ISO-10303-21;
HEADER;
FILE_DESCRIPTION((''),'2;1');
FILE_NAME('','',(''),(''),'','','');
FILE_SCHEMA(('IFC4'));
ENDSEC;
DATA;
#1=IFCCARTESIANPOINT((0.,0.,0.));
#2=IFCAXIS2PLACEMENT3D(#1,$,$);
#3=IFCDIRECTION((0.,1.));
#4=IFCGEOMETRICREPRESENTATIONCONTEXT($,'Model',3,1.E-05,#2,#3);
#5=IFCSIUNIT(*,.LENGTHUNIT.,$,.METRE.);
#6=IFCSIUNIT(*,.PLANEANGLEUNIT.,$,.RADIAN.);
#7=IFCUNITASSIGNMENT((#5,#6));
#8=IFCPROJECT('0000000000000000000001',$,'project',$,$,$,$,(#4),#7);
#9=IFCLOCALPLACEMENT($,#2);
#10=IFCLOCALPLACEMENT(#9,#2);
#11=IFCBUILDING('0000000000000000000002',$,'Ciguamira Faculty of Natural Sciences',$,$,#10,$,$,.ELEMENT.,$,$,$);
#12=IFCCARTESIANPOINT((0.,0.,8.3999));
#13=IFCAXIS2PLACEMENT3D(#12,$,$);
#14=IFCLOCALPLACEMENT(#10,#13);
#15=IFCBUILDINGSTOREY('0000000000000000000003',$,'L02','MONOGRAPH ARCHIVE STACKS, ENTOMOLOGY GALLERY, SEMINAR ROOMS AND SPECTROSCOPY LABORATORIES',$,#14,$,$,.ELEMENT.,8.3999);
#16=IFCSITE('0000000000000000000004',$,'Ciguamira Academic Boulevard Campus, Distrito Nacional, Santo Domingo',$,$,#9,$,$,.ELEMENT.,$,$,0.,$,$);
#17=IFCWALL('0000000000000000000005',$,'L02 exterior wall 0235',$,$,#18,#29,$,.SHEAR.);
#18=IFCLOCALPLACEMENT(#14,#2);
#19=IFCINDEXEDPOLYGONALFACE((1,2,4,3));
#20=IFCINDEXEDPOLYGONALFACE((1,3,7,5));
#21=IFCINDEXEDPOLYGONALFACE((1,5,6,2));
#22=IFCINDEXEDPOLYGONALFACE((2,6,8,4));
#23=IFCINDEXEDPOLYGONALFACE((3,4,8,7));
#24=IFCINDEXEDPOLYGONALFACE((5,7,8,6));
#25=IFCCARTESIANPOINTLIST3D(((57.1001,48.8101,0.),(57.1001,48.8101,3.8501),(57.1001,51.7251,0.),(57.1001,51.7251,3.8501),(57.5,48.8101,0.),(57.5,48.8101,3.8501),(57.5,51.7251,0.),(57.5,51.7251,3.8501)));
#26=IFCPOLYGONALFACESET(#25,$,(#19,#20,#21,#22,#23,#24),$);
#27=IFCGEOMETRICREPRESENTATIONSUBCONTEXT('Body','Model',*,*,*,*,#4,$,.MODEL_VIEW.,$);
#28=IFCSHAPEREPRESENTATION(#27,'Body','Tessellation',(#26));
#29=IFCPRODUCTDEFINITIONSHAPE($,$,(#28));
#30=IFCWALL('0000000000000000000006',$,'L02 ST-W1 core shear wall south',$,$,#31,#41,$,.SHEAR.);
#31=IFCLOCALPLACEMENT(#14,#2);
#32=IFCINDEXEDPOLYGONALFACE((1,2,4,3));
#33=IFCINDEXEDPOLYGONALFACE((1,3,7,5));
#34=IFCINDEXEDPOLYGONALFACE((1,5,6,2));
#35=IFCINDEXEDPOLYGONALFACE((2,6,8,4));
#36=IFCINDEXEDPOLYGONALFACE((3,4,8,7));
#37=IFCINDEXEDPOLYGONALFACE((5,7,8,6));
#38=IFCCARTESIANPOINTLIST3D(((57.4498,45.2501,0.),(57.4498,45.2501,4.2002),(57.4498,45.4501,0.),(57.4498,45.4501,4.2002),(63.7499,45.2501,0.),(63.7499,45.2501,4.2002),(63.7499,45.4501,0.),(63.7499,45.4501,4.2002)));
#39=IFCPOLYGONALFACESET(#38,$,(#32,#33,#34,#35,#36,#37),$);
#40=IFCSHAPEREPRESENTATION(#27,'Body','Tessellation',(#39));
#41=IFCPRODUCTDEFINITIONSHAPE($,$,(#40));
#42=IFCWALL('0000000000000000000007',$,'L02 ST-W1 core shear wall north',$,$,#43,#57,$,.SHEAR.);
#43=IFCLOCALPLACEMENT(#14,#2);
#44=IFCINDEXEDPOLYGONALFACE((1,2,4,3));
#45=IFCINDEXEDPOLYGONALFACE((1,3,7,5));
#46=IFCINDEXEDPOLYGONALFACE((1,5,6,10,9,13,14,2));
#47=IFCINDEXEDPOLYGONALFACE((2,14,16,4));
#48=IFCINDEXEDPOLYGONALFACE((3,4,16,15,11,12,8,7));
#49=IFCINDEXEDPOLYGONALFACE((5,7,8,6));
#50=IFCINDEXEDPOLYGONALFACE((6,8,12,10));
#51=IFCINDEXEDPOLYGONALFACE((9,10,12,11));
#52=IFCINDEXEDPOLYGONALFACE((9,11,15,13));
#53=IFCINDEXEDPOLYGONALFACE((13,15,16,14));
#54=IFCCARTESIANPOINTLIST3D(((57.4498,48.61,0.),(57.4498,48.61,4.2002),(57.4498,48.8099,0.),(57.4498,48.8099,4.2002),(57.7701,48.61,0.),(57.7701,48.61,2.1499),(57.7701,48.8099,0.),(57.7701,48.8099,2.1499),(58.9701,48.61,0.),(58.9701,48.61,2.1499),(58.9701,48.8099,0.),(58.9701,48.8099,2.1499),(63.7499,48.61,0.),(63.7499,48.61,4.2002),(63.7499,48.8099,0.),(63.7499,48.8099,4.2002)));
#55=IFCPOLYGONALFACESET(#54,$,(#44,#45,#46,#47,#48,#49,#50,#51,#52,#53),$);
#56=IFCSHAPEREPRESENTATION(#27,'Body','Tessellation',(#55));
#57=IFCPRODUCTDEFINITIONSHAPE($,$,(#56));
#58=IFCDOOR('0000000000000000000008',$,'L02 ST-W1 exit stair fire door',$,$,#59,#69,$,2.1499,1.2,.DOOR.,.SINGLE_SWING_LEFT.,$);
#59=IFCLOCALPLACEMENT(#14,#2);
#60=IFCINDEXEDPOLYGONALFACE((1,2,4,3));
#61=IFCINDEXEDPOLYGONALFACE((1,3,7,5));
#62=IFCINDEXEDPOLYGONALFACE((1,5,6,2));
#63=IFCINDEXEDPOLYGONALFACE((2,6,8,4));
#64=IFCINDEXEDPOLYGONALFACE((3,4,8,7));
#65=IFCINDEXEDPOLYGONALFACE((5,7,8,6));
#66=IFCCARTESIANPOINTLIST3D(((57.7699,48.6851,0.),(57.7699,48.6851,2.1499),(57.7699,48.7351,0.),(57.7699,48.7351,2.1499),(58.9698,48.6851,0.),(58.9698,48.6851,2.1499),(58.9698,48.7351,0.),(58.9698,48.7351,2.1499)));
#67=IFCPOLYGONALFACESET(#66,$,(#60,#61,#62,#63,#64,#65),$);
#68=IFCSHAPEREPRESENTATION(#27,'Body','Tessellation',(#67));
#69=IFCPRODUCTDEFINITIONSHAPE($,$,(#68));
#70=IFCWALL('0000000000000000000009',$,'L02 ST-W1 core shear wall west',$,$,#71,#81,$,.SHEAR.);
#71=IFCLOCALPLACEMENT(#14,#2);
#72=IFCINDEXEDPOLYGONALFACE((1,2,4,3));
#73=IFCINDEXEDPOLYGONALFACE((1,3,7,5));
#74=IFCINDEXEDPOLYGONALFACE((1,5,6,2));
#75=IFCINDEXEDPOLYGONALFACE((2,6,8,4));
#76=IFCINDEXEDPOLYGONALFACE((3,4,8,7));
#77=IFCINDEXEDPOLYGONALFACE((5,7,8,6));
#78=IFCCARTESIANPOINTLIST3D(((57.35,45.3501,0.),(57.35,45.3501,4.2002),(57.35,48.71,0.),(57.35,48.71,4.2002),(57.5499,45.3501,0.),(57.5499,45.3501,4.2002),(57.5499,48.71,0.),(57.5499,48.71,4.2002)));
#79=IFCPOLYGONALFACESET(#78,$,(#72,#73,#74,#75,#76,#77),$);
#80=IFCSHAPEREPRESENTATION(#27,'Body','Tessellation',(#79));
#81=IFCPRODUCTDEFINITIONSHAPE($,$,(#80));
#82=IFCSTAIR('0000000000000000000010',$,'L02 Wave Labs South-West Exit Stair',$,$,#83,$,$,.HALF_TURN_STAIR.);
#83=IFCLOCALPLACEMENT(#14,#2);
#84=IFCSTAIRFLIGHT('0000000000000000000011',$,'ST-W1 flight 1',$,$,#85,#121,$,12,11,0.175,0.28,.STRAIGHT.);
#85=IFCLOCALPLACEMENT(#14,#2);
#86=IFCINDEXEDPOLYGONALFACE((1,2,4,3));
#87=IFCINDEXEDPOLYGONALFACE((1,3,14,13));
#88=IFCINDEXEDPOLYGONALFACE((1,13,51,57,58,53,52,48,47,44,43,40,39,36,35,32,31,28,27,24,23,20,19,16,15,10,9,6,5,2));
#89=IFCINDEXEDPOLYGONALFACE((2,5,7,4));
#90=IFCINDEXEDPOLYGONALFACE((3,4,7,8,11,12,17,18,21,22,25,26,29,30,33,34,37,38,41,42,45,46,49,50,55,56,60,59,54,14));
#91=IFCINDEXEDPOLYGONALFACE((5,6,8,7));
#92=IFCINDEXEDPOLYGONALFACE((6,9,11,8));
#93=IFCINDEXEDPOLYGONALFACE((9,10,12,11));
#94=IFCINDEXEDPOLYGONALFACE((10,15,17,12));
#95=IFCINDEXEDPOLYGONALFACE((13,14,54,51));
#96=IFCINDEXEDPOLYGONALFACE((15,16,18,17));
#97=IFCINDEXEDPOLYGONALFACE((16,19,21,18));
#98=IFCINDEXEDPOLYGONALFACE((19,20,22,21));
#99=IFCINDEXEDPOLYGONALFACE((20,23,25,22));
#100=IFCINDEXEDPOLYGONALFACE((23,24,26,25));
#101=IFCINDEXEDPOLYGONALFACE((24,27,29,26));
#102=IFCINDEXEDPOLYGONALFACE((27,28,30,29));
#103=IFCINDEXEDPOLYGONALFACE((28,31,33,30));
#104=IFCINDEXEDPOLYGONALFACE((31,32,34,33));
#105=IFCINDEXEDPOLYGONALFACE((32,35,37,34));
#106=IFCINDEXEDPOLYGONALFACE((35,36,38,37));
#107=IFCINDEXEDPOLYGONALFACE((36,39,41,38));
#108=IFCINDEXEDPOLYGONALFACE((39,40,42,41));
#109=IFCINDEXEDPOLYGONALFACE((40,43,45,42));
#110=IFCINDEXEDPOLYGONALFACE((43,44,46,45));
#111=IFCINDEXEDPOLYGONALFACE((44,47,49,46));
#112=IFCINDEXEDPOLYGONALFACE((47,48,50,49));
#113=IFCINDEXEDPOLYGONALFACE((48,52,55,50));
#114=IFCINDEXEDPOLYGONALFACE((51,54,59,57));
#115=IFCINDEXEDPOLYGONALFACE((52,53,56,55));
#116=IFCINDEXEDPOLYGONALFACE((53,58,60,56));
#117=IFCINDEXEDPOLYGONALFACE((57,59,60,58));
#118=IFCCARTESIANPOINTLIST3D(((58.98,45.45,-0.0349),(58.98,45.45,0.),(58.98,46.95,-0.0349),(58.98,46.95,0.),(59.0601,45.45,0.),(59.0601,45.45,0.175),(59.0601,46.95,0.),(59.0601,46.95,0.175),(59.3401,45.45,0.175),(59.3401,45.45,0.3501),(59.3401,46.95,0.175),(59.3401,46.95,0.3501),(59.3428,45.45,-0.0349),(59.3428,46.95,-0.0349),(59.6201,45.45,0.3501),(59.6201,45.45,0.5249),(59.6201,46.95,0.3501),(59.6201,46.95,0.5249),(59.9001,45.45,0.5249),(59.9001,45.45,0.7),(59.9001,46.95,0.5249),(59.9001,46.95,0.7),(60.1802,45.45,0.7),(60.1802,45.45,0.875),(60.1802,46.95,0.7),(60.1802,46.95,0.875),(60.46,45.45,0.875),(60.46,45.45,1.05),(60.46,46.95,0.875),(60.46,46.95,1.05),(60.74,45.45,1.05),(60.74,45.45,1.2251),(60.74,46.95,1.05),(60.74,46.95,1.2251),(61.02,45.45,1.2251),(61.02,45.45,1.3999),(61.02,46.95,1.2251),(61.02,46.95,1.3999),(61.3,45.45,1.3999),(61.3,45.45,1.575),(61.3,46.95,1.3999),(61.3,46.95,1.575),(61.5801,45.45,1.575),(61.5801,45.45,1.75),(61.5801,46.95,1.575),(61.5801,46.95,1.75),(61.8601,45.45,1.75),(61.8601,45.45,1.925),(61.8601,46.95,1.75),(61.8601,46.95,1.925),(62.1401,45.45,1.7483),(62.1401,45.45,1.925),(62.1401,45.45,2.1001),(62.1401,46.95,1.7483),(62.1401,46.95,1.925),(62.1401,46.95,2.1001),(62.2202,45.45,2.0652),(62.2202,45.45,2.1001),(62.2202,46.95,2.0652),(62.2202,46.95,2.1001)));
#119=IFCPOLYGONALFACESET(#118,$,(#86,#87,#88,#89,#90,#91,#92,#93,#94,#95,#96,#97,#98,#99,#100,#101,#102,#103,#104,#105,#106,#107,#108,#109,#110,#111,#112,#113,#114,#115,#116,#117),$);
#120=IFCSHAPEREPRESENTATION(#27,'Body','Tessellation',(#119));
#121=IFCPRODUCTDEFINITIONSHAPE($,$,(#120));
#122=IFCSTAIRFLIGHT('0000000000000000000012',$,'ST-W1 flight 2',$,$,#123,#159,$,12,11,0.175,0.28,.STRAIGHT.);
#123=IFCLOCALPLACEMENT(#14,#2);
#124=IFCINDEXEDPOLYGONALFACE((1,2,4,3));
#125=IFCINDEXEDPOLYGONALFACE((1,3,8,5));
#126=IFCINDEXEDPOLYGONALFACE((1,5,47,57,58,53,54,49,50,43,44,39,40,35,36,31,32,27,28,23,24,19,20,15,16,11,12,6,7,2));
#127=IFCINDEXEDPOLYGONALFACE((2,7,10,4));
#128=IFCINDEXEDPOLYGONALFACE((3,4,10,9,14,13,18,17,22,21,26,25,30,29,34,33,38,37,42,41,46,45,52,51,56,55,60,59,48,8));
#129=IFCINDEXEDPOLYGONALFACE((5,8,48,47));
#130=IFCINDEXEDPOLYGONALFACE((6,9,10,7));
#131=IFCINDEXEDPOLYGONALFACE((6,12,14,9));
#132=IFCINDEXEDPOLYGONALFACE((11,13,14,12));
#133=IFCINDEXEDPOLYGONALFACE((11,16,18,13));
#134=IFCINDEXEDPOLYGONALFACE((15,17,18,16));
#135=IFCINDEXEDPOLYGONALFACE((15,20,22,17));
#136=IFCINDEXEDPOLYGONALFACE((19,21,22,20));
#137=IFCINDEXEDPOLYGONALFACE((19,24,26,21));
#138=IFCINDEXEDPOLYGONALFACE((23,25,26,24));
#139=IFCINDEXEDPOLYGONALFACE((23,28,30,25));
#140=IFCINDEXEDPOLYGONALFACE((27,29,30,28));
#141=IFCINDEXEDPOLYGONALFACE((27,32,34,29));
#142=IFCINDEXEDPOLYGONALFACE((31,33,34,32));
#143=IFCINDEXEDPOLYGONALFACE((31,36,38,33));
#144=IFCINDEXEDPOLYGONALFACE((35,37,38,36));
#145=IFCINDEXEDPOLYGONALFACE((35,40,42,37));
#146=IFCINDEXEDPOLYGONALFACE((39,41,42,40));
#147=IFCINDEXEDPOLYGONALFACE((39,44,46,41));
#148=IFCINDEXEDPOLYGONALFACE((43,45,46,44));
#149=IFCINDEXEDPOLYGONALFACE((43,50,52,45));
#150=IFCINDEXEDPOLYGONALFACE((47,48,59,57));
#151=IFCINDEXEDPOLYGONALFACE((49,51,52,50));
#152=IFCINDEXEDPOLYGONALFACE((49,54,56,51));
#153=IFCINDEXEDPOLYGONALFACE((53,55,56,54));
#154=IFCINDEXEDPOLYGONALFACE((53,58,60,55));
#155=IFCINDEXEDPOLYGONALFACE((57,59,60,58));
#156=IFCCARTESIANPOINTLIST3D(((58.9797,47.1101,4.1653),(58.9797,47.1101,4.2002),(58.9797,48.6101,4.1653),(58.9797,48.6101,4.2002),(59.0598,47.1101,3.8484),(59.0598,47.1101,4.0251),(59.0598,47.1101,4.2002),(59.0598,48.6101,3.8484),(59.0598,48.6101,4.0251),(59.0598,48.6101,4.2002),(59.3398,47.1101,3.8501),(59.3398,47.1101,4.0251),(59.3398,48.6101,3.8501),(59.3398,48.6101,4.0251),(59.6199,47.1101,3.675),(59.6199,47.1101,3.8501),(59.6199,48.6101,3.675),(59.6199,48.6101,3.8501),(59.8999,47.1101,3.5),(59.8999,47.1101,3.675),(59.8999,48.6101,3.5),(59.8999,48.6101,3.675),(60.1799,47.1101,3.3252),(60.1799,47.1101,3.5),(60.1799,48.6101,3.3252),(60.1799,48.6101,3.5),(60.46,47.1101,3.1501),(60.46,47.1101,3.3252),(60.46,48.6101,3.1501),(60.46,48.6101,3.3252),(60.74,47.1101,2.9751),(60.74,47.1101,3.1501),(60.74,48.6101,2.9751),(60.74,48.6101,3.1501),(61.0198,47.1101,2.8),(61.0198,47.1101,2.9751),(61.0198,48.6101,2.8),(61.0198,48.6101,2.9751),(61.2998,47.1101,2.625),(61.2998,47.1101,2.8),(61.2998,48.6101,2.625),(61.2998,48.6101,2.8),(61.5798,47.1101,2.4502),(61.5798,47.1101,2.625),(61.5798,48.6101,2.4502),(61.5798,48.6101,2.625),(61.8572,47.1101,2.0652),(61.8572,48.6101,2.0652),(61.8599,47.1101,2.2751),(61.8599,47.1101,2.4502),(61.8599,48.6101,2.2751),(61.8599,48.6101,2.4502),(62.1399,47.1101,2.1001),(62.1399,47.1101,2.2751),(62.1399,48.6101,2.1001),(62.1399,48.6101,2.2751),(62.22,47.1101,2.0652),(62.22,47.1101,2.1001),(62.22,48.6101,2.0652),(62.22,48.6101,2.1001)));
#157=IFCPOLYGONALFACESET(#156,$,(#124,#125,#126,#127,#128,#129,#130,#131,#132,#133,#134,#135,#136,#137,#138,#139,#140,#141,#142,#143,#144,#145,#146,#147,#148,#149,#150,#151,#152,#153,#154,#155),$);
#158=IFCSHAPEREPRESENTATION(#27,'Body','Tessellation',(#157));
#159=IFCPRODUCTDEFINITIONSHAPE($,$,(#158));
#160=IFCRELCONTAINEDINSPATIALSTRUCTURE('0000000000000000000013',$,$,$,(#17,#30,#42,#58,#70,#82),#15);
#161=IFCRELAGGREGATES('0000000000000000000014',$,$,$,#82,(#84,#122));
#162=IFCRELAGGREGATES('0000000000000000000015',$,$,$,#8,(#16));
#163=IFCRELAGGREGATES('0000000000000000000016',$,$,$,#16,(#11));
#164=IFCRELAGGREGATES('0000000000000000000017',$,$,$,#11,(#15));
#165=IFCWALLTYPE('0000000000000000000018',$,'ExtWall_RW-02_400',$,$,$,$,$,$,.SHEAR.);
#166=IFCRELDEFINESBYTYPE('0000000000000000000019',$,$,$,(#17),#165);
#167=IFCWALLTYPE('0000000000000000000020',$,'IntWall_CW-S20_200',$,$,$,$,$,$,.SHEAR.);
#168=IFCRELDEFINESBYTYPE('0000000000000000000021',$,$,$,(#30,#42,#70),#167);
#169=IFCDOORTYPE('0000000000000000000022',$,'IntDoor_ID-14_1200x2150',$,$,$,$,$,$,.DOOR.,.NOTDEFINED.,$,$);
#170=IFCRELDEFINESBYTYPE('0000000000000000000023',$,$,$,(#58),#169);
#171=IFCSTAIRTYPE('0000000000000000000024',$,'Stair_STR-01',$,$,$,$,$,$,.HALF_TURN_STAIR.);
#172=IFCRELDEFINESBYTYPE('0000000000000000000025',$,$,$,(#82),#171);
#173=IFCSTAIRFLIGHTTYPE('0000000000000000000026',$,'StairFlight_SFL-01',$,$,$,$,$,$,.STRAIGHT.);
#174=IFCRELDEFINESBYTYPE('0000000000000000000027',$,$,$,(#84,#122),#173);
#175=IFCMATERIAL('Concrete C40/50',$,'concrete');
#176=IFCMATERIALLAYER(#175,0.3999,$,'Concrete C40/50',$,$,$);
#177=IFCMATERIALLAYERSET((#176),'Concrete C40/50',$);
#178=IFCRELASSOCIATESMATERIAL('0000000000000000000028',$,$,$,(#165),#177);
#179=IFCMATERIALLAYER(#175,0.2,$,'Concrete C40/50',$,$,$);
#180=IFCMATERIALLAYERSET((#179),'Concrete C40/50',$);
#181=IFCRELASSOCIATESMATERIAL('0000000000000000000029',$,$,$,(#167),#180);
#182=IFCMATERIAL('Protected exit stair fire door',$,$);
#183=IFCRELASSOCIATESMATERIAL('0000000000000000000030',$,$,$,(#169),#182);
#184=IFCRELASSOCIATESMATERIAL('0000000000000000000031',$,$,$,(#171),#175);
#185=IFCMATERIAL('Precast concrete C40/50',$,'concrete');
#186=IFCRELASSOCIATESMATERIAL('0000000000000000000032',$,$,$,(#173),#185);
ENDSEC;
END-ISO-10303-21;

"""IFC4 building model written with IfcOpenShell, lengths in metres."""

from ifc_helpers import new_model, si_unit, direction, frame, frame_2d, origin, place, context, subcontext, project, spatial, polyline, rectangle, outline, extrude, material, layer, layer_set, type_object, element, fill, aggregate, save


model = new_model("IFC4")

# Units and contexts
model_context = context("Model", 3, precision=1e-05, world=origin(), true_north=direction((0.0, 1.0)))
body_context = subcontext(model_context, "Body", "Model", "MODEL_VIEW")
ifc_project = project(units=[si_unit("LENGTHUNIT", "METRE"), si_unit("PLANEANGLEUNIT", "RADIAN")], contexts=[model_context])

# Site, building, storey
site_placement = place(None, origin())
site = spatial("IfcSite", under=ifc_project, at=site_placement, Name="Ciguamira Academic Boulevard Campus, Distrito Nacional, Santo Domingo", CompositionType="ELEMENT", RefElevation=0.0)
building_placement = place(site_placement, origin())
building = spatial("IfcBuilding", under=site, at=building_placement, Name="Ciguamira Faculty of Natural Sciences", CompositionType="ELEMENT")
storey_placement = place(building_placement, frame((0.0, 0.0, 8.3999)))
storey = spatial("IfcBuildingStorey", under=building, at=storey_placement, Name="L02", Description="MONOGRAPH ARCHIVE STACKS, ENTOMOLOGY GALLERY, SEMINAR ROOMS AND SPECTROSCOPY LABORATORIES", CompositionType="ELEMENT", Elevation=8.3999)

# Shared definitions
ifc_material_1 = material(Name="Concrete C40/50", Category="concrete")

# Shared definitions
ifc_material_2 = material(Name="Precast concrete C40/50", Category="concrete")

# Walls
ifc_layer_1 = layer(ifc_material_1, 0.3999, Name="Concrete C40/50")
ifc_layer_set_1 = layer_set([ifc_layer_1], Name="Concrete C40/50")
wall_type_1 = type_object("IfcWallType", Name="ExtWall_RW-02_400", PredefinedType="SHEAR", material=ifc_layer_set_1)
wall_1_placement = place(storey_placement, frame((57.3, 48.8101, 0.0), z_axis=(0.0, 0.0, 1.0), x_axis=(0.0, 1.0, 0.0)))
element("IfcWall", 1, at=wall_1_placement, inside=storey, type_object=wall_type_1, Name="L02 exterior wall 0235", PredefinedType="SHEAR", context=body_context, shape_type="SweptSolid", body=[
    extrude(rectangle(XDim=2.915, YDim=0.3999, at=frame_2d((1.4575, 0.0))), origin(), (0.0, 0.0, 1.0), 3.8501),
])
ifc_layer_2 = layer(ifc_material_1, 0.2, Name="Concrete C40/50")
ifc_layer_set_2 = layer_set([ifc_layer_2], Name="Concrete C40/50")
wall_type_2 = type_object("IfcWallType", Name="IntWall_CW-S20_200", PredefinedType="SHEAR", material=ifc_layer_set_2)
wall_2_placement = place(storey_placement, frame((57.45, 45.3501, 0.0), z_axis=(0.0, 0.0, 1.0), x_axis=(1.0, 0.0, 0.0)))
element("IfcWall", 2, at=wall_2_placement, inside=storey, type_object=wall_type_2, Name="L02 ST-W1 core shear wall south", PredefinedType="SHEAR", context=body_context, shape_type="SweptSolid", body=[
    extrude(rectangle(XDim=6.3, YDim=0.2, at=frame_2d((3.1499, 0.0))), origin(), (0.0, 0.0, 1.0), 4.2002),
])

# Wall, opening, door
wall_3_placement = place(storey_placement, frame((57.45, 48.71, 0.0), z_axis=(0.0, 0.0, 1.0), x_axis=(1.0, 0.0, 0.0)))
wall_3 = element("IfcWall", 3, at=wall_3_placement, inside=storey, type_object=wall_type_2, Name="L02 ST-W1 core shear wall north", PredefinedType="SHEAR", context=body_context, shape_type="SweptSolid", body=[
    extrude(rectangle(XDim=6.3, YDim=0.2, at=frame_2d((3.1499, 0.0))), origin(), (0.0, 0.0, 1.0), 4.2002),
])
opening_1_placement = place(wall_3_placement, frame((0.3201, 0.0, 0.0)))
opening_1 = element("IfcOpeningElement", 4, at=opening_1_placement, cuts=wall_3, PredefinedType="OPENING", context=body_context, shape_type="SweptSolid", body=[
    extrude(rectangle(XDim=1.2, YDim=2.1499, at=frame_2d((0.6001, 1.075))), frame((0.0, 0.1099, 0.0), z_axis=(0.0, -1.0, 0.0), x_axis=(1.0, 0.0, 0.0)), (0.0, 0.0, 1.0), 0.22),
])
ifc_material_3 = material(Name="Protected exit stair fire door")
door_type = type_object("IfcDoorType", Name="IntDoor_ID-14_1200x2150", OperationType="NOTDEFINED", PredefinedType="DOOR", material=ifc_material_3)
door_placement = place(opening_1_placement, frame((1.2, 0.0, 0.0), z_axis=(0.0, 0.0, 1.0), x_axis=(-1.0, 0.0, 0.0)))
door = element("IfcDoor", 5, at=door_placement, inside=storey, type_object=door_type, Name="L02 ST-W1 exit stair fire door", OperationType="SINGLE_SWING_LEFT", OverallHeight=2.1499, OverallWidth=1.2, PredefinedType="DOOR", context=body_context, shape_type="SweptSolid", body=[
    extrude(rectangle(XDim=1.2, YDim=2.1499, at=frame_2d((0.6001, 1.075))), frame((0.0, 0.0249, 0.0), z_axis=(0.0, -1.0, 0.0), x_axis=(1.0, 0.0, 0.0)), (0.0, 0.0, 1.0), 0.05),
])
fill(opening_1, door)

# Wall
wall_4_placement = place(storey_placement, frame((57.45, 45.3501, 0.0), z_axis=(0.0, 0.0, 1.0), x_axis=(0.0, 1.0, 0.0)))
element("IfcWall", 6, at=wall_4_placement, inside=storey, type_object=wall_type_2, Name="L02 ST-W1 core shear wall west", PredefinedType="SHEAR", context=body_context, shape_type="SweptSolid", body=[
    extrude(rectangle(XDim=3.3599, YDim=0.2, at=frame_2d((1.6799, 0.0))), origin(), (0.0, 0.0, 1.0), 4.2002),
])

# Stair, stair flights
stair_type = type_object("IfcStairType", Name="Stair_STR-01", PredefinedType="HALF_TURN_STAIR", material=ifc_material_1)
stair_placement = place(storey_placement, origin())
stair = element("IfcStair", 7, at=stair_placement, inside=storey, type_object=stair_type, Name="L02 Wave Labs South-West Exit Stair", PredefinedType="HALF_TURN_STAIR")
stair_flight_type = type_object("IfcStairFlightType", Name="StairFlight_SFL-01", PredefinedType="STRAIGHT", material=ifc_material_2)
stair_flight_1_placement = place(storey_placement, frame((59.0601, 46.2, 0.0), z_axis=(0.0, 0.0, 1.0), x_axis=(1.0, 0.0, 0.0)))
stair_flight_1 = element("IfcStairFlight", 8, at=stair_flight_1_placement, type_object=stair_flight_type, Name="ST-W1 flight 1", NumberOfRisers=12, NumberOfTreads=11, PredefinedType="STRAIGHT", RiserHeight=0.175, TreadLength=0.28, context=body_context, shape_type="SweptSolid", body=[
    extrude(outline(polyline([(-0.0801, -0.0349), (-0.0801, 0.0), (0.0, 0.0), (0.0, 0.175), (0.28, 0.175), (0.28, 0.3501), (0.5601, 0.3501), (0.5601, 0.5249), (0.8401, 0.5249), (0.8401, 0.7), (1.1201, 0.7), (1.1201, 0.875), (1.3999, 0.875), (1.3999, 1.05), (1.6799, 1.05), (1.6799, 1.2251), (1.96, 1.2251), (1.96, 1.3999), (2.24, 1.3999), (2.24, 1.575), (2.52, 1.575), (2.52, 1.75), (2.8, 1.75), (2.8, 1.925), (3.0801, 1.925), (3.0801, 2.1001), (3.1602, 2.1001), (3.1602, 2.0652), (3.0801, 1.7483), (0.2827, -0.0349), (-0.0801, -0.0349)])), frame((0.0, 0.75, 0.0), z_axis=(0.0, -1.0, 0.0), x_axis=(1.0, 0.0, 0.0)), (0.0, 0.0, 1.0), 1.5),
])
stair_flight_2_placement = place(storey_placement, frame((62.1399, 47.8601, 2.1001), z_axis=(0.0, 0.0, 1.0), x_axis=(-1.0, 0.0, 0.0)))
stair_flight_2 = element("IfcStairFlight", 9, at=stair_flight_2_placement, type_object=stair_flight_type, Name="ST-W1 flight 2", NumberOfRisers=12, NumberOfTreads=11, PredefinedType="STRAIGHT", RiserHeight=0.175, TreadLength=0.28, context=body_context, shape_type="SweptSolid", body=[
    extrude(outline(polyline([(-0.0801, -0.0349), (-0.0801, 0.0), (0.0, 0.0), (0.0, 0.175), (0.28, 0.175), (0.28, 0.3501), (0.5601, 0.3501), (0.5601, 0.5249), (0.8401, 0.5249), (0.8401, 0.7), (1.1201, 0.7), (1.1201, 0.875), (1.3999, 0.875), (1.3999, 1.05), (1.6799, 1.05), (1.6799, 1.2251), (1.96, 1.2251), (1.96, 1.3999), (2.24, 1.3999), (2.24, 1.575), (2.52, 1.575), (2.52, 1.75), (2.8, 1.75), (2.8, 1.925), (3.0801, 1.925), (3.0801, 2.1001), (3.1602, 2.1001), (3.1602, 2.0652), (3.0801, 1.7483), (0.2827, -0.0349), (-0.0801, -0.0349)])), frame((0.0, 0.75, 0.0), z_axis=(0.0, -1.0, 0.0), x_axis=(1.0, 0.0, 0.0)), (0.0, 0.0, 1.0), 1.5),
])
aggregate(stair, [stair_flight_1, stair_flight_2])

save(model, "model.ifc")
